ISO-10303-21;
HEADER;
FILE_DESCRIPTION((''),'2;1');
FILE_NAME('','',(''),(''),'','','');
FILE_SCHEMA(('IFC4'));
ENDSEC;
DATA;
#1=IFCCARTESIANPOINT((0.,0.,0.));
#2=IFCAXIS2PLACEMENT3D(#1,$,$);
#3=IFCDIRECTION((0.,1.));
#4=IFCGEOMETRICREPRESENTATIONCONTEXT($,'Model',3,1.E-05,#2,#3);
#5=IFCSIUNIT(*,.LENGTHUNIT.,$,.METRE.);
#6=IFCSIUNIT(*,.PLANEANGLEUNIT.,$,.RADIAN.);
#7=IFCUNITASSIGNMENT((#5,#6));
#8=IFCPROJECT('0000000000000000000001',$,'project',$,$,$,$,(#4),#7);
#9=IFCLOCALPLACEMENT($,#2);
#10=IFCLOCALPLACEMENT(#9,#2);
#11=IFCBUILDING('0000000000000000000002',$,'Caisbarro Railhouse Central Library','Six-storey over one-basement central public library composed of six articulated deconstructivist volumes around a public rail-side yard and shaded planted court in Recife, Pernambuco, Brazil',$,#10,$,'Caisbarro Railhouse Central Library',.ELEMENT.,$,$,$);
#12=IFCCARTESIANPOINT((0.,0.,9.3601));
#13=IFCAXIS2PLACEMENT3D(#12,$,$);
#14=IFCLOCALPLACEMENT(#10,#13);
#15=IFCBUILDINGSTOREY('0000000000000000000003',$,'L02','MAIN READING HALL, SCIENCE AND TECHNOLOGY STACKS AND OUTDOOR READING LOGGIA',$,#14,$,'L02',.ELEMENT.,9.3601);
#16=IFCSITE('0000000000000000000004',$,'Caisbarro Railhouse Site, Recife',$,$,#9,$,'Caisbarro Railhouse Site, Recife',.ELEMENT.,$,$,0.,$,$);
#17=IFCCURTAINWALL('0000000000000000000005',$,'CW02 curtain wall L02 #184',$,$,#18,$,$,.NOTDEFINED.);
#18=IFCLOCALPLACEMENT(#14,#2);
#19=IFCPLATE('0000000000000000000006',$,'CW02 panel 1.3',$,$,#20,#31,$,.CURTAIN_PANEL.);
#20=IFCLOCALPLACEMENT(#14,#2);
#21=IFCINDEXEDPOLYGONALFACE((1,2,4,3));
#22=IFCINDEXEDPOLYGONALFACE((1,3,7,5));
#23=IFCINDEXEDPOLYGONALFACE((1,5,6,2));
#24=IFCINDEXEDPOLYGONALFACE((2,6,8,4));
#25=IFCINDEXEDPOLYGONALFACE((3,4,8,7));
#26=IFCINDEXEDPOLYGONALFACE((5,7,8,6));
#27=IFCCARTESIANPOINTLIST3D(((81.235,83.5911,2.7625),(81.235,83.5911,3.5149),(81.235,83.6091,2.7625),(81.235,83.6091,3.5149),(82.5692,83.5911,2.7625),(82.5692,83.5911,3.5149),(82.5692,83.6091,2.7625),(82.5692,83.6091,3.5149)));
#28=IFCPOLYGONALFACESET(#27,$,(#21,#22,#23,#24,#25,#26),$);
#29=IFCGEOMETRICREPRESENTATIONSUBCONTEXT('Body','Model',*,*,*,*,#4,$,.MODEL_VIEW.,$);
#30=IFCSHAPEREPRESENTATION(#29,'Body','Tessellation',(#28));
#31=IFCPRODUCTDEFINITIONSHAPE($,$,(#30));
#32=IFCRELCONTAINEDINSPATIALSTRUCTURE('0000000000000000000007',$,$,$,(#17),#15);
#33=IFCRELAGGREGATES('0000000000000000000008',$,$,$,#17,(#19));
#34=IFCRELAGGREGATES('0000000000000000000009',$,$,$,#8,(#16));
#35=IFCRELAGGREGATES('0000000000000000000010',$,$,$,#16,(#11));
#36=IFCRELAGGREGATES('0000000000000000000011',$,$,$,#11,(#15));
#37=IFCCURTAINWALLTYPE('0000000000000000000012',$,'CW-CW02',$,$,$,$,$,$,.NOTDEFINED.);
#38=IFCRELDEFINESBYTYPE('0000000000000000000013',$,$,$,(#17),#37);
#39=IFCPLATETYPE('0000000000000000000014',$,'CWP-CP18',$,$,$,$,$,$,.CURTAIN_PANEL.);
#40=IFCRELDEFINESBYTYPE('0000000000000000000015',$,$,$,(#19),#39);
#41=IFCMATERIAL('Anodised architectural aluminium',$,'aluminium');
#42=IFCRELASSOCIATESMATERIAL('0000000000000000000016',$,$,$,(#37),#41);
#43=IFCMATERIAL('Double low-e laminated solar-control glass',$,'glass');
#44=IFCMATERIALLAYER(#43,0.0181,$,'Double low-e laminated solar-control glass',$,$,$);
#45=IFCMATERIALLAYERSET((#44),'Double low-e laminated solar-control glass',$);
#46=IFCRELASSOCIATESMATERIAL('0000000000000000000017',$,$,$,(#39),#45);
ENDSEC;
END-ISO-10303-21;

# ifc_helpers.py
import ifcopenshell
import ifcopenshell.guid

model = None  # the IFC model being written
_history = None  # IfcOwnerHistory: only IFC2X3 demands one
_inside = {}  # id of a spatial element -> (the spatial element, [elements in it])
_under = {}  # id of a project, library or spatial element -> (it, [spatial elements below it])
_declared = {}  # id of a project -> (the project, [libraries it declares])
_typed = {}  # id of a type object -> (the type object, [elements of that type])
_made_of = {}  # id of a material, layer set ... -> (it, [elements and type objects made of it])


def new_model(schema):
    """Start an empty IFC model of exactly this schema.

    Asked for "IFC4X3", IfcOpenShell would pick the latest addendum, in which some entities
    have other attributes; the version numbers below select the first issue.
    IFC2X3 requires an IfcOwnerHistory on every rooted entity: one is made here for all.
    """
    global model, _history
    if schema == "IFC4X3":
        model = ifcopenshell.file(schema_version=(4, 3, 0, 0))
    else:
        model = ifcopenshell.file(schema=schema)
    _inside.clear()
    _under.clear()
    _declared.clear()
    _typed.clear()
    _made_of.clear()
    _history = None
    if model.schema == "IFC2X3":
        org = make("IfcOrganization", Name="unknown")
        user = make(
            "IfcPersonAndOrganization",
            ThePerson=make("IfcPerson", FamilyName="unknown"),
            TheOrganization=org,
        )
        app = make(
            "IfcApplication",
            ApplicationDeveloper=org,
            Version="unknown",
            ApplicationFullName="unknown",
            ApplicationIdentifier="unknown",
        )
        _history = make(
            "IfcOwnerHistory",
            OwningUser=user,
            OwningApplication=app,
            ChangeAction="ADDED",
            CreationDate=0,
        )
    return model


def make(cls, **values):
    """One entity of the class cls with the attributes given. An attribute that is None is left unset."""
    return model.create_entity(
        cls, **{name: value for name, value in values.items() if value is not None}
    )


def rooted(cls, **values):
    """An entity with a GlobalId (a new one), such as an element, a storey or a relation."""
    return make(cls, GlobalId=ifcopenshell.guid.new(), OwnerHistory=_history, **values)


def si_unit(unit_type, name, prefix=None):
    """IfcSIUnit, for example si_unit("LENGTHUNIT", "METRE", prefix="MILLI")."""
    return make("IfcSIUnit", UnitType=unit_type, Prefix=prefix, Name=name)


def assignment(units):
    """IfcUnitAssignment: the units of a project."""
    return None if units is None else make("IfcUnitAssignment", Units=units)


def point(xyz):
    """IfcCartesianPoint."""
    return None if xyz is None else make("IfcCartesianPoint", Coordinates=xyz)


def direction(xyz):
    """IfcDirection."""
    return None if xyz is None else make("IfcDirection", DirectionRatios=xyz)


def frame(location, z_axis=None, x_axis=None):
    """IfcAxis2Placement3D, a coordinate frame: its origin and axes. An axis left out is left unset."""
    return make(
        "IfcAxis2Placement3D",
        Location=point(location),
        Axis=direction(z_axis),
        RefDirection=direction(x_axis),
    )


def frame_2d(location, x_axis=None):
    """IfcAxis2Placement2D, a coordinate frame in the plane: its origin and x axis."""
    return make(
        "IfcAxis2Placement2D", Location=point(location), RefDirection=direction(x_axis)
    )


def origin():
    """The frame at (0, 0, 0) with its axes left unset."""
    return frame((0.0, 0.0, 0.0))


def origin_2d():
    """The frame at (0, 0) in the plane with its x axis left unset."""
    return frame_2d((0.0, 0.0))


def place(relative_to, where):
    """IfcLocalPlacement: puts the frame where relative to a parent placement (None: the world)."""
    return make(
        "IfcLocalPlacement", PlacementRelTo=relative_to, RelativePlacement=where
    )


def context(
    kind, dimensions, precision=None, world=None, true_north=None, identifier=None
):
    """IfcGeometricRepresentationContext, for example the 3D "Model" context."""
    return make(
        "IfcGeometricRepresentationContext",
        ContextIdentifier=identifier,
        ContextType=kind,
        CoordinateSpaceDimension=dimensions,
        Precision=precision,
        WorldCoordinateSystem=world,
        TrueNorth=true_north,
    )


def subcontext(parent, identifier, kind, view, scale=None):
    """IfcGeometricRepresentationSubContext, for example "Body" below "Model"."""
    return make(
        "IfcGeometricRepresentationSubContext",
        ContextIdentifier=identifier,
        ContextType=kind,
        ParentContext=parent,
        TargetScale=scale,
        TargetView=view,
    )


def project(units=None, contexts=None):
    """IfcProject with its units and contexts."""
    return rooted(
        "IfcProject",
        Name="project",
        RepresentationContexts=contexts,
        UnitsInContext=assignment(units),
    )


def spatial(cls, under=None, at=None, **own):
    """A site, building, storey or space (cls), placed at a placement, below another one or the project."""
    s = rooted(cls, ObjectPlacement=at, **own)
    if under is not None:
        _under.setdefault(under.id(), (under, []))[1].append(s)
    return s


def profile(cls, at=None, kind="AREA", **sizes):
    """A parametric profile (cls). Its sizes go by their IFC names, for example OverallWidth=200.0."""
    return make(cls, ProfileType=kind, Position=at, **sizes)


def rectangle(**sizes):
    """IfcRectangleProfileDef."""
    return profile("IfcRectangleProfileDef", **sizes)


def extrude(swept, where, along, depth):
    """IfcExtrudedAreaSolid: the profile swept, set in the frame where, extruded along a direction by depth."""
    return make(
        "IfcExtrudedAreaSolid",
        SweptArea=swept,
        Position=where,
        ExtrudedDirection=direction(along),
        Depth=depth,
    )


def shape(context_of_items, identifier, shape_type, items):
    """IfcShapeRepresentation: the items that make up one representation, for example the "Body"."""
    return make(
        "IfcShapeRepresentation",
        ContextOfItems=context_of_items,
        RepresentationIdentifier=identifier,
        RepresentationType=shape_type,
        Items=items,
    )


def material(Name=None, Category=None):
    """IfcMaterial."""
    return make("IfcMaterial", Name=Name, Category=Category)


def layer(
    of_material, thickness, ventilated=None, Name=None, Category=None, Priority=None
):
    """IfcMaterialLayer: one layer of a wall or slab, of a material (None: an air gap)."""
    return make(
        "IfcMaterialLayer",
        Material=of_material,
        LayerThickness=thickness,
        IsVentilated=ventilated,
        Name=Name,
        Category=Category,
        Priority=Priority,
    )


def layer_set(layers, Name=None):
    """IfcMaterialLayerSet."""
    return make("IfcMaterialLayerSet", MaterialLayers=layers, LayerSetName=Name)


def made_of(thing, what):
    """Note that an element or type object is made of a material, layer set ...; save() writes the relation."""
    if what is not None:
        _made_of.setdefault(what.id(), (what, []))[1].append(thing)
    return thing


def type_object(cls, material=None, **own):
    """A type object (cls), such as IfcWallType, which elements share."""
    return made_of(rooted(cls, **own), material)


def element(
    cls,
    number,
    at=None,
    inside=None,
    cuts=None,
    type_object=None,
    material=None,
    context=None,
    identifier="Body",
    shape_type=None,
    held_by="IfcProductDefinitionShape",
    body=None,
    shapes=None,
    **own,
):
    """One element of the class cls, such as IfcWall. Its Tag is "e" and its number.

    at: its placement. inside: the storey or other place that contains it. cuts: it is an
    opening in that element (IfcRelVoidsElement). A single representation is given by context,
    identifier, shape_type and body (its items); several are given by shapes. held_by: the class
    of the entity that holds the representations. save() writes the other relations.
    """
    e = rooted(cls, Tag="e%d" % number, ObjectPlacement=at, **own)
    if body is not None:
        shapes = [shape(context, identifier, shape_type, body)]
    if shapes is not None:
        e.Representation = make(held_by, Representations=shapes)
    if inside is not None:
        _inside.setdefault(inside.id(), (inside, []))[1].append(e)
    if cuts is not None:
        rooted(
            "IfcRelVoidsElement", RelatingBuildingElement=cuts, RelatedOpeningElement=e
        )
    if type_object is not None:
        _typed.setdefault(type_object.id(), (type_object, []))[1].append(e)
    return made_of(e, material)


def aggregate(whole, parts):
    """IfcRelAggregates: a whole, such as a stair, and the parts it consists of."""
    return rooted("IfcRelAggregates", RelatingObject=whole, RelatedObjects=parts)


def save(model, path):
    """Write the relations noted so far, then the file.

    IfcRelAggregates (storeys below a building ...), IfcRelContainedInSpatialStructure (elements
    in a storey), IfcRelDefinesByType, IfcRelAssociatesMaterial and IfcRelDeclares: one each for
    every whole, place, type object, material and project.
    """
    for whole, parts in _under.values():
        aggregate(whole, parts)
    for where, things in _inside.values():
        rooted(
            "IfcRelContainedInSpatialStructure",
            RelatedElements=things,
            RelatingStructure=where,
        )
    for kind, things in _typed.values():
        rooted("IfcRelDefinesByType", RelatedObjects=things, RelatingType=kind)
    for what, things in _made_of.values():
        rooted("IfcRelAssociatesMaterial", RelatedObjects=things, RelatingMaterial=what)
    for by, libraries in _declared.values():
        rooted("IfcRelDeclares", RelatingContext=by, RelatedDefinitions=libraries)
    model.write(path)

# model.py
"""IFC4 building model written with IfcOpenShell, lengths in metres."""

from ifc_helpers import new_model, si_unit, direction, frame, origin, origin_2d, place, context, subcontext, project, spatial, rectangle, extrude, material, layer, layer_set, type_object, element, aggregate, save


model = new_model("IFC4")

# Units and contexts
model_context = context("Model", 3, precision=1e-05, world=origin(), true_north=direction((0.0, 1.0)))
body_context = subcontext(model_context, "Body", "Model", "MODEL_VIEW")
ifc_project = project(units=[si_unit("LENGTHUNIT", "METRE"), si_unit("PLANEANGLEUNIT", "RADIAN")], contexts=[model_context])

# Site, building, storey
site_placement = place(None, origin())
site = spatial("IfcSite", under=ifc_project, at=site_placement, Name="Caisbarro Railhouse Site, Recife", LongName="Caisbarro Railhouse Site, Recife", CompositionType="ELEMENT", RefElevation=0.0)
building_placement = place(site_placement, origin())
building = spatial("IfcBuilding", under=site, at=building_placement, Name="Caisbarro Railhouse Central Library", Description="Six-storey over one-basement central public library composed of six articulated deconstructivist volumes around a public rail-side yard and shaded planted court in Recife, Pernambuco, Brazil", LongName="Caisbarro Railhouse Central Library", CompositionType="ELEMENT")
storey_placement = place(building_placement, frame((0.0, 0.0, 9.3601)))
storey = spatial("IfcBuildingStorey", under=building, at=storey_placement, Name="L02", Description="MAIN READING HALL, SCIENCE AND TECHNOLOGY STACKS AND OUTDOOR READING LOGGIA", LongName="L02", CompositionType="ELEMENT", Elevation=9.3601)

# Curtain wall
ifc_material_1 = material(Name="Anodised architectural aluminium", Category="aluminium")
curtain_wall_type = type_object("IfcCurtainWallType", Name="CW-CW02", PredefinedType="NOTDEFINED", material=ifc_material_1)
curtain_wall_1_placement = place(storey_placement, origin())
curtain_wall_1 = element("IfcCurtainWall", 1, at=curtain_wall_1_placement, inside=storey, type_object=curtain_wall_type, Name="CW02 curtain wall L02 #184", PredefinedType="NOTDEFINED")

# Plate
ifc_material_2 = material(Name="Double low-e laminated solar-control glass", Category="glass")
ifc_layer = layer(ifc_material_2, 0.0181, Name="Double low-e laminated solar-control glass")
ifc_layer_set = layer_set([ifc_layer], Name="Double low-e laminated solar-control glass")
plate_type = type_object("IfcPlateType", Name="CWP-CP18", PredefinedType="CURTAIN_PANEL", material=ifc_layer_set)
plate_1_placement = place(storey_placement, frame((81.9021, 83.6001, 2.7625), z_axis=(0.0, 0.0, 1.0), x_axis=(1.0, 0.0, 0.0)))
plate_1 = element("IfcPlate", 2, at=plate_1_placement, type_object=plate_type, Name="CW02 panel 1.3", PredefinedType="CURTAIN_PANEL", context=body_context, shape_type="SweptSolid", body=[
    extrude(rectangle(XDim=1.3342, YDim=0.0181, at=origin_2d()), origin(), (0.0, 0.0, 1.0), 0.7524),
])
aggregate(curtain_wall_1, [plate_1])

save(model, "model.ifc")
